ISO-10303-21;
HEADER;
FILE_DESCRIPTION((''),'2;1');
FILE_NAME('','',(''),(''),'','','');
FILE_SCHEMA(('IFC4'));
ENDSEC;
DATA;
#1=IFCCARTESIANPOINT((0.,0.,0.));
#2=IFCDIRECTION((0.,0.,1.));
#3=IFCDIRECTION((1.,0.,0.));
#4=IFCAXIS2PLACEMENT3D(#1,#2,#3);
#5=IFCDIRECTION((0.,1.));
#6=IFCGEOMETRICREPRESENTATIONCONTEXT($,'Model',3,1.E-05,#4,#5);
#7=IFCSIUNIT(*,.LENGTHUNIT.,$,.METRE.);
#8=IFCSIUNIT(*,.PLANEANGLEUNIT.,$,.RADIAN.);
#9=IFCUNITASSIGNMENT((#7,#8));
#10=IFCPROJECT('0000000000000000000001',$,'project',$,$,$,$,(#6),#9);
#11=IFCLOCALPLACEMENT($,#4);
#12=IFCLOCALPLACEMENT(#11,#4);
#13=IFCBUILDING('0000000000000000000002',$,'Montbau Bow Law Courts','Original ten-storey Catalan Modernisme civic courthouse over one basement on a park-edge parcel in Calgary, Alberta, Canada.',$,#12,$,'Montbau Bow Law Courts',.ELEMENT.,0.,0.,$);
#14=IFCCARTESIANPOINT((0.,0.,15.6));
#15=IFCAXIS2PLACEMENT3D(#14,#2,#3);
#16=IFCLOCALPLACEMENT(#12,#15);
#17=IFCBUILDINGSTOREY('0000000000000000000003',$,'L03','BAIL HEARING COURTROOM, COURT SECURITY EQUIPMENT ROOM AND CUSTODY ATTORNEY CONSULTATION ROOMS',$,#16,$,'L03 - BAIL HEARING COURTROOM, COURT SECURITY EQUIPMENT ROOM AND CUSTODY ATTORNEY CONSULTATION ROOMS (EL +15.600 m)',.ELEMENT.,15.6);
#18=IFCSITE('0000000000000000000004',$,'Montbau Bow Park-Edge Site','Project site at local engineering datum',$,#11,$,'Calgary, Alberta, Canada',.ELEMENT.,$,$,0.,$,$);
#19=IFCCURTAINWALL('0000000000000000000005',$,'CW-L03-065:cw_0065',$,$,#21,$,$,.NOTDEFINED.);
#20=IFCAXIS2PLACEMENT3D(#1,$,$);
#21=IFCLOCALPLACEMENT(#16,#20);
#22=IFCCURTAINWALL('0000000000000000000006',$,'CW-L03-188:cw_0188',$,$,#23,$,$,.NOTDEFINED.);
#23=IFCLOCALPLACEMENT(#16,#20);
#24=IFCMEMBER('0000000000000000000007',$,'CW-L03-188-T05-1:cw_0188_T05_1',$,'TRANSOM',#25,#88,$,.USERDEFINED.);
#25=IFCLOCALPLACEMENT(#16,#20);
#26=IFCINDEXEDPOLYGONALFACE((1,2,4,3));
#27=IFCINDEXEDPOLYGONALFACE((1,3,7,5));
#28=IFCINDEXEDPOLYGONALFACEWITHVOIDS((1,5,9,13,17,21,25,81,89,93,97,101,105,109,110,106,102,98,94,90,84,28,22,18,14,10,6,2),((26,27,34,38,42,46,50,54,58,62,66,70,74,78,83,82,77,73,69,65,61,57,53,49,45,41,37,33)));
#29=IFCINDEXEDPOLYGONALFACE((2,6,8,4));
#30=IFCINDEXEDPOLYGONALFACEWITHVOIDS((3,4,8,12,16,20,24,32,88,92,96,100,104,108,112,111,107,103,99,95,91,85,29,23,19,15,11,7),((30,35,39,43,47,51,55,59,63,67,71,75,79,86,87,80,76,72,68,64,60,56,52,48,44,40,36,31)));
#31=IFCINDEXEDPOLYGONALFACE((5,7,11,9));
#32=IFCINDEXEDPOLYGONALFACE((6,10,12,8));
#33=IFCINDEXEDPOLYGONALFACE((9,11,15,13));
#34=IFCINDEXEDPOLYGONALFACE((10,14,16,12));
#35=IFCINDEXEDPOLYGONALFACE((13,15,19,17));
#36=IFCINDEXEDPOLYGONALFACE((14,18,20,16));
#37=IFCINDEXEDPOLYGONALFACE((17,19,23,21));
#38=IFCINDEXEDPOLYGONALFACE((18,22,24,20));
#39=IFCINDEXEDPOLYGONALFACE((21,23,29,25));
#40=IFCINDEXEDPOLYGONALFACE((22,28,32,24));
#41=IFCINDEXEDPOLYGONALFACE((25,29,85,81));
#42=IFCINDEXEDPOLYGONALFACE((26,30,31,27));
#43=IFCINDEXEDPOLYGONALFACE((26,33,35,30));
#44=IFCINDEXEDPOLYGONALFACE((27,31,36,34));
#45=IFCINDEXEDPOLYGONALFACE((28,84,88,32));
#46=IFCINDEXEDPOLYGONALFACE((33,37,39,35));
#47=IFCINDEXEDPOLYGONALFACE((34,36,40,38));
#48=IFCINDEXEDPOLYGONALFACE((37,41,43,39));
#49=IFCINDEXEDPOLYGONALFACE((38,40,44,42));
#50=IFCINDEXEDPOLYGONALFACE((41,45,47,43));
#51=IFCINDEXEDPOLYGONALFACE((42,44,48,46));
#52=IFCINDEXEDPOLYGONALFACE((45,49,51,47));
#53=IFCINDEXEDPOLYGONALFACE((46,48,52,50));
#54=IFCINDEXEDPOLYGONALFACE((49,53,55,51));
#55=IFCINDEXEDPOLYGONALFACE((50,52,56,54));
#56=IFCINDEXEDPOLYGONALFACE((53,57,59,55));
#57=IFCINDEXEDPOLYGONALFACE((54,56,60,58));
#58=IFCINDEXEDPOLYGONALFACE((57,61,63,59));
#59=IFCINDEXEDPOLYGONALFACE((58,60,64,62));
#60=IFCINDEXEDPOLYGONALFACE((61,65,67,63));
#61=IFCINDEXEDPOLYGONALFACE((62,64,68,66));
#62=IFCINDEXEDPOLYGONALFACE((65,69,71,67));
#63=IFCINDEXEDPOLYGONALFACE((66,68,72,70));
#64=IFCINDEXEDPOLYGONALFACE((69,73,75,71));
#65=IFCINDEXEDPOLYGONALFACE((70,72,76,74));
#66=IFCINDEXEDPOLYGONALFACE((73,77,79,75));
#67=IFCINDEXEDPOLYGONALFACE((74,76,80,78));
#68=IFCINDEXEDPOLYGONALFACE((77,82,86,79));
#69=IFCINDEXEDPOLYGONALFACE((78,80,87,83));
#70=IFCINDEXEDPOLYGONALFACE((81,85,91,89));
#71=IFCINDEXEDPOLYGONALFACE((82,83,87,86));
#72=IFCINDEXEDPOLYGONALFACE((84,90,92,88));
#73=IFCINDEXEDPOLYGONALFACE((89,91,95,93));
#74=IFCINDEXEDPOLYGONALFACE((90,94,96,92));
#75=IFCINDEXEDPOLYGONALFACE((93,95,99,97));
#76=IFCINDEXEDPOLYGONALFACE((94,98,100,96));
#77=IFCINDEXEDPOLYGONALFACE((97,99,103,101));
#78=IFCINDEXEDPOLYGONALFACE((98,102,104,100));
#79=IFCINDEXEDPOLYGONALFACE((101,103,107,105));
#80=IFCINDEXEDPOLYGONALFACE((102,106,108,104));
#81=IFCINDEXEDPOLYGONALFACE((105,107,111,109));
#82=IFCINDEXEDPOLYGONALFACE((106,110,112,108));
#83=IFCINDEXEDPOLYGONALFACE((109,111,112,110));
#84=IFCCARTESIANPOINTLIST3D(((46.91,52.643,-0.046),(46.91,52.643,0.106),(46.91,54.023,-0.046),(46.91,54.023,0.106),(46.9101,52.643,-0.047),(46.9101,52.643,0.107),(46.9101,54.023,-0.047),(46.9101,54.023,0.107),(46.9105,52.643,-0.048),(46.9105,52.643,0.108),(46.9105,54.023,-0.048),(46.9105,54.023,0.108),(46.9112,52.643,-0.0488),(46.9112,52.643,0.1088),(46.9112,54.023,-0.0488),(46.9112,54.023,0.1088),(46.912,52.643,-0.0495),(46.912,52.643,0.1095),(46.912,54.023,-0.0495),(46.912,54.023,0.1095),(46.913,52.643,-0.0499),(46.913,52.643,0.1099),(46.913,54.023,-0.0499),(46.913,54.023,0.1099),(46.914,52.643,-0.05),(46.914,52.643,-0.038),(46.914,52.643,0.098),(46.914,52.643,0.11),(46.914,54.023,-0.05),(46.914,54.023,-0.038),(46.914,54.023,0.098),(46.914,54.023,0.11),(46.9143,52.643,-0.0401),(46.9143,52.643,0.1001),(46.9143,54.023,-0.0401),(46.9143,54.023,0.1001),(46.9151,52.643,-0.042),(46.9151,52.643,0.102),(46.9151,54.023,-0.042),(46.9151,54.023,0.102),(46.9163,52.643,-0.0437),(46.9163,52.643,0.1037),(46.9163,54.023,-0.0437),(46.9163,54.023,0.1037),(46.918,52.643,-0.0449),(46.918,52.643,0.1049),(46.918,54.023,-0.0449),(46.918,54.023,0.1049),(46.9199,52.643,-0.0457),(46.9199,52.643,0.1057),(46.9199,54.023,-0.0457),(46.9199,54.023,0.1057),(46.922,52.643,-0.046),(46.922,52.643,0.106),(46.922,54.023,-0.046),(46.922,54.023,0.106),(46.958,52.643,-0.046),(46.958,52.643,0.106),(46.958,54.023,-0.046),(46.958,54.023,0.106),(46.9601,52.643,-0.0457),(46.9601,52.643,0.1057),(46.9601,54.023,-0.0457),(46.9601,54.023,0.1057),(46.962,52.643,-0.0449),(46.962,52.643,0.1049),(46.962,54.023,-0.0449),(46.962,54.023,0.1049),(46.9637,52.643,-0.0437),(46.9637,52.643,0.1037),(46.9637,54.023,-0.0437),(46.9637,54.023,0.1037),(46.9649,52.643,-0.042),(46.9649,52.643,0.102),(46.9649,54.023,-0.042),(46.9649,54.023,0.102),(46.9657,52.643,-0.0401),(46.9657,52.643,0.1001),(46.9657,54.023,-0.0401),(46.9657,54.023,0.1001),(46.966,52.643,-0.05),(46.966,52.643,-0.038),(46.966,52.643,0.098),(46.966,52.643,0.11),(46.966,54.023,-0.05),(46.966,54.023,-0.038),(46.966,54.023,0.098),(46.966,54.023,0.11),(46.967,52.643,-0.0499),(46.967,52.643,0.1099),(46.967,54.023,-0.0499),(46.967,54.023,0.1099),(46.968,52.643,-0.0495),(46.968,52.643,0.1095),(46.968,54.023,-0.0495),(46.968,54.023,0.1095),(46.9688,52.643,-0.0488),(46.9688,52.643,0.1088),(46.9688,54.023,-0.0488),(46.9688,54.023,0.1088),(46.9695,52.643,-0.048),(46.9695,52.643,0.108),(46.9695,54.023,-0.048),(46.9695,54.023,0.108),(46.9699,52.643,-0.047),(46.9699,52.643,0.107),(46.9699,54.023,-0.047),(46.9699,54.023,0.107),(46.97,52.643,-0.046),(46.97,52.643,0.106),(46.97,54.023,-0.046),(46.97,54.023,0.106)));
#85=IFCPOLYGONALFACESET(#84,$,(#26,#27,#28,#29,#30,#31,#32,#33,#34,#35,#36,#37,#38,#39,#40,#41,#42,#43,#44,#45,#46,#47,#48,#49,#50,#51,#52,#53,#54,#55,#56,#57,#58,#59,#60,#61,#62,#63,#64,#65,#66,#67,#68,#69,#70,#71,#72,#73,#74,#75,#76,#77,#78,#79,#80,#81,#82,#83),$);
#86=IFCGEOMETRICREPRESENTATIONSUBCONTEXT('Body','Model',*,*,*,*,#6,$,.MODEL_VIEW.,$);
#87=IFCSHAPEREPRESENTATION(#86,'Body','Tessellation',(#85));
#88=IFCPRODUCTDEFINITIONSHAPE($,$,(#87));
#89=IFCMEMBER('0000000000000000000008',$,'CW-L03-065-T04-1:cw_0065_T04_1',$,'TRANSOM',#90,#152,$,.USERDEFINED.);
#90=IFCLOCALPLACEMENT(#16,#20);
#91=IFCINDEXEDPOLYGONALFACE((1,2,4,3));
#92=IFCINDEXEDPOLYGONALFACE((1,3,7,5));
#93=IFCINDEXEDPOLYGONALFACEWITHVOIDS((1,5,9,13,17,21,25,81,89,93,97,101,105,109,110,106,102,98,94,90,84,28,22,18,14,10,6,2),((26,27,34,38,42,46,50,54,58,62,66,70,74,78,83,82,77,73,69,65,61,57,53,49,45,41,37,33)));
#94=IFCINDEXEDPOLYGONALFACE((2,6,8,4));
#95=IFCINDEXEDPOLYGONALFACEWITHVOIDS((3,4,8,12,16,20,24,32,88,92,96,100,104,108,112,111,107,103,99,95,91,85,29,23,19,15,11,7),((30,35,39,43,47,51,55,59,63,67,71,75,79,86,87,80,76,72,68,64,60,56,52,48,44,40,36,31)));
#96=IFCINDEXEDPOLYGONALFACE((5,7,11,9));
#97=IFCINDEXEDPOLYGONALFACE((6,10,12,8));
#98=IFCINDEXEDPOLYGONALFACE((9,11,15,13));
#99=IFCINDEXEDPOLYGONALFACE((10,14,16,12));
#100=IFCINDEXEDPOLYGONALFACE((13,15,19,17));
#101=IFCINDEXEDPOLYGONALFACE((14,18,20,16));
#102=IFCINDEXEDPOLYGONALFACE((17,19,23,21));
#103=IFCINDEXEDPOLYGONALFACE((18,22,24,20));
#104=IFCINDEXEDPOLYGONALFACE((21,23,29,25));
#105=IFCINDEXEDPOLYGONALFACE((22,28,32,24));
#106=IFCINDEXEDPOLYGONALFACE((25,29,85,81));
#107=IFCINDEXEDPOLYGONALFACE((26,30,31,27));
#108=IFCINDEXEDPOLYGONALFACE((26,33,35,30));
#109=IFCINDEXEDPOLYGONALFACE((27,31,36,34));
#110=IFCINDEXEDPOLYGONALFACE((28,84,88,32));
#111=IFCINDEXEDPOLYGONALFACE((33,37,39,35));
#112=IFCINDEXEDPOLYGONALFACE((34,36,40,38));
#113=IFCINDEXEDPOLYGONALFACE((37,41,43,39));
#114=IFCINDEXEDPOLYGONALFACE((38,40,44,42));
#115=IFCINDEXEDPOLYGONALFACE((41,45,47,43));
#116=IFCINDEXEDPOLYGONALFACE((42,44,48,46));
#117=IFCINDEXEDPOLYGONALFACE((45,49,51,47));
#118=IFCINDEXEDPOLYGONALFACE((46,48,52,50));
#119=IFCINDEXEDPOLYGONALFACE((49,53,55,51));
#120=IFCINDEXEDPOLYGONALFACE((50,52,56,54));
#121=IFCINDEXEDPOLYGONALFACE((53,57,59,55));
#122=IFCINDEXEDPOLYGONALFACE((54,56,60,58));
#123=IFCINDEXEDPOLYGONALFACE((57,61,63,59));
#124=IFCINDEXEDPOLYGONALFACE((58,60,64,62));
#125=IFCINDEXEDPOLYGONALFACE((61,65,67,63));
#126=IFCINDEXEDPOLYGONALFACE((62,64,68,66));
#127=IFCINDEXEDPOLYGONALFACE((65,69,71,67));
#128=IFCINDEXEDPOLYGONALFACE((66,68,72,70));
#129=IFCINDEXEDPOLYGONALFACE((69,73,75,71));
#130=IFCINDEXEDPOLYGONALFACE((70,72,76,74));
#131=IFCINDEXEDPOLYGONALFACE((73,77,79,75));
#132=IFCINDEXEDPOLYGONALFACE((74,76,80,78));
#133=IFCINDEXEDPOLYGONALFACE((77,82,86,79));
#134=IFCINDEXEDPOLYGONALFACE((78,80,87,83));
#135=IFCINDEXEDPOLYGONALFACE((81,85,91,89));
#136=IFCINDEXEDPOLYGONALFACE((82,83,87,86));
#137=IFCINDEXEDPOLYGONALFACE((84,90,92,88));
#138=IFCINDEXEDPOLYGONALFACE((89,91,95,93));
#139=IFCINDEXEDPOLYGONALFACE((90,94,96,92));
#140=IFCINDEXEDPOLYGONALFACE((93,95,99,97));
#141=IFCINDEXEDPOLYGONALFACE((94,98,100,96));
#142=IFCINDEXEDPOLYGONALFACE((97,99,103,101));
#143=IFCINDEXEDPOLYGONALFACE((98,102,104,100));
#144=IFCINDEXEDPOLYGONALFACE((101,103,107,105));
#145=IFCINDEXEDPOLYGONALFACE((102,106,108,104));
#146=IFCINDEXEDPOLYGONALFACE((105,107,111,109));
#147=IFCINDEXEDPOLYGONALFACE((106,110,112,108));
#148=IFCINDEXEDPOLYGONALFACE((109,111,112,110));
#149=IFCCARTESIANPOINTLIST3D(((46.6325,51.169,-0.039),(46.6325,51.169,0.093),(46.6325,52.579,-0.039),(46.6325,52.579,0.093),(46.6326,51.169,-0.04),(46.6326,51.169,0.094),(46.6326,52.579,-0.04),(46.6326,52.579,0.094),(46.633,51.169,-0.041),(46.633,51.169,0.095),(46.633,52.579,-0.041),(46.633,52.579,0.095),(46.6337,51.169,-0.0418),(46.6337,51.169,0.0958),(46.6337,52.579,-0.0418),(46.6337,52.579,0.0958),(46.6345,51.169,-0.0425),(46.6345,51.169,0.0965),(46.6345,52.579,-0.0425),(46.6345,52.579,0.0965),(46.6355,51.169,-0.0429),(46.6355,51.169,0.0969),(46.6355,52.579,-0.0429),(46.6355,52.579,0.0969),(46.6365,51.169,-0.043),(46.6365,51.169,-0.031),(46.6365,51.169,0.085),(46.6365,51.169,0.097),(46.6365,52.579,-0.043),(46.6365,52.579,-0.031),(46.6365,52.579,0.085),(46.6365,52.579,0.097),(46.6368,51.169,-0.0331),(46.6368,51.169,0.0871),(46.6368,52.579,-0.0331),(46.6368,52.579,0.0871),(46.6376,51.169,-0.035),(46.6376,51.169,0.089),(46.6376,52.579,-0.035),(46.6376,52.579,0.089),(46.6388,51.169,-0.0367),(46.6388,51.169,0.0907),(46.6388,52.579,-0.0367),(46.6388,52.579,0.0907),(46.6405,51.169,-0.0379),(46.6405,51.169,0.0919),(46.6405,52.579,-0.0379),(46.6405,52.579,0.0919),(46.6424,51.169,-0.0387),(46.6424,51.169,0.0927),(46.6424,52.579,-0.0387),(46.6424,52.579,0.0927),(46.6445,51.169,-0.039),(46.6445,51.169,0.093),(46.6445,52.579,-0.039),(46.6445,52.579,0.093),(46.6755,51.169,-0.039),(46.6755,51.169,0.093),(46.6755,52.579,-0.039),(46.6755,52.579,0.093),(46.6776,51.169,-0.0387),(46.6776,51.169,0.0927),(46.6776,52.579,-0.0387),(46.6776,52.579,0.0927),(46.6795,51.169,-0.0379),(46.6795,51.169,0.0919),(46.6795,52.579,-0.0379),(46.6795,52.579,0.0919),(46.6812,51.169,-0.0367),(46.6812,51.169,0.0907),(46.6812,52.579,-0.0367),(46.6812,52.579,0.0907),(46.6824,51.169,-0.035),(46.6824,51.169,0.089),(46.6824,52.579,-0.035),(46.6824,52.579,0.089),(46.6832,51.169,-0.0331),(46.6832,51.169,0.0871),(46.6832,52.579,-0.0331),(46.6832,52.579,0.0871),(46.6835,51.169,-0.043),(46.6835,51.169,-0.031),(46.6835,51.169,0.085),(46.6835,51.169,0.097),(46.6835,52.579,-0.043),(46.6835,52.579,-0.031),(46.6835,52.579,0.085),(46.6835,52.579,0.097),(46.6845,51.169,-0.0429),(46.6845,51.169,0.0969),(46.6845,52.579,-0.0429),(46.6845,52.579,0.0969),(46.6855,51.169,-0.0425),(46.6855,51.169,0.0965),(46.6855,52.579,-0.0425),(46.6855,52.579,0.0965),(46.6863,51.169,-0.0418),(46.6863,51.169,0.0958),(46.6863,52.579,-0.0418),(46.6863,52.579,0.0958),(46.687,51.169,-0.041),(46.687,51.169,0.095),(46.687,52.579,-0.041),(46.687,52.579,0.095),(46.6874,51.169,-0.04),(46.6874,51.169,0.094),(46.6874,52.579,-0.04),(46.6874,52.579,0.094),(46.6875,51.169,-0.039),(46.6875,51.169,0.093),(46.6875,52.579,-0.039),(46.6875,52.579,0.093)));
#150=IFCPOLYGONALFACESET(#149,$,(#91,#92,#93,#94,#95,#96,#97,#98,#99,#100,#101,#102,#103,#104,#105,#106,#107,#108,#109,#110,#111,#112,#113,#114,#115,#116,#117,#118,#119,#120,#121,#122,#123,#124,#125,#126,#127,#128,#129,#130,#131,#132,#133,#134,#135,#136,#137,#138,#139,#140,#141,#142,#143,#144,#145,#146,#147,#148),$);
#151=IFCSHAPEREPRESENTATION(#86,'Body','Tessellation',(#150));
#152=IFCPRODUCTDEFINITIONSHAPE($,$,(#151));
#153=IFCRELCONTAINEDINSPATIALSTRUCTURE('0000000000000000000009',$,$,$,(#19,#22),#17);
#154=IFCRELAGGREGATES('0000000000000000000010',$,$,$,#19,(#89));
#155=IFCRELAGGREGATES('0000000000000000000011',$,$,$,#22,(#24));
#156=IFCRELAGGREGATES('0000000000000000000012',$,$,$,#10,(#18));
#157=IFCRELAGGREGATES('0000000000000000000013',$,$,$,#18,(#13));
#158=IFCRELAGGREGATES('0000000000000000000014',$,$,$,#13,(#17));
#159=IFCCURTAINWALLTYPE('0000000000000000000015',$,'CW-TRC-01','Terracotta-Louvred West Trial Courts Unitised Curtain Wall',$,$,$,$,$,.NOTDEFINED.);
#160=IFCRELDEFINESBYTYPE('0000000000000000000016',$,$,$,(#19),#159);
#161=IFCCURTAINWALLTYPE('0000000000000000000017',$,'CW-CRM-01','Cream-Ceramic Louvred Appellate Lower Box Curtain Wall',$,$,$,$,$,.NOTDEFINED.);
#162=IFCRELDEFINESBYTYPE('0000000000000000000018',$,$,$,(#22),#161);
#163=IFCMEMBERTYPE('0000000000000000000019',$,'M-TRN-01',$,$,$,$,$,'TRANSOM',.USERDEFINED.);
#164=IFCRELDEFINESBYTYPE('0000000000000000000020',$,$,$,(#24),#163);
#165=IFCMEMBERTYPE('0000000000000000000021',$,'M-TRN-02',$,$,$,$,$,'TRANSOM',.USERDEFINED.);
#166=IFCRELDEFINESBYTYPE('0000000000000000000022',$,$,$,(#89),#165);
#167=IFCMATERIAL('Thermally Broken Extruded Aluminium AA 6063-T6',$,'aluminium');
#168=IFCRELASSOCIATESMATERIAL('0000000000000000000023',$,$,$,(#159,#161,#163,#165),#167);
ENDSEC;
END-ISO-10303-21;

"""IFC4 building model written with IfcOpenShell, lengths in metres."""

from ifc_helpers import new_model, si_unit, direction, frame, origin_with_axes, origin_2d_with_axis, place, context, subcontext, project, spatial, hollow_rectangle, extrude, material, material_profile, profile_set, type_object, element, aggregate, save


model = new_model("IFC4")

# Units and contexts
model_context = context("Model", 3, precision=1e-05, world=origin_with_axes(), true_north=direction((0.0, 1.0)))
body_context = subcontext(model_context, "Body", "Model", "MODEL_VIEW")
ifc_project = project(units=[si_unit("LENGTHUNIT", "METRE"), si_unit("PLANEANGLEUNIT", "RADIAN")], contexts=[model_context])

# Site, building, storey
site_placement = place(None, origin_with_axes())
site = spatial("IfcSite", under=ifc_project, at=site_placement, Name="Montbau Bow Park-Edge Site", Description="Project site at local engineering datum", LongName="Calgary, Alberta, Canada", CompositionType="ELEMENT", RefElevation=0.0)
building_placement = place(site_placement, origin_with_axes())
building = spatial("IfcBuilding", under=site, at=building_placement, Name="Montbau Bow Law Courts", Description="Original ten-storey Catalan Modernisme civic courthouse over one basement on a park-edge parcel in Calgary, Alberta, Canada.", LongName="Montbau Bow Law Courts", CompositionType="ELEMENT", ElevationOfRefHeight=0.0, ElevationOfTerrain=0.0)
storey_placement = place(building_placement, frame((0.0, 0.0, 15.6), z_axis=(0.0, 0.0, 1.0), x_axis=(1.0, 0.0, 0.0)))
storey = spatial("IfcBuildingStorey", under=building, at=storey_placement, Name="L03", Description="BAIL HEARING COURTROOM, COURT SECURITY EQUIPMENT ROOM AND CUSTODY ATTORNEY CONSULTATION ROOMS", LongName="L03 - BAIL HEARING COURTROOM, COURT SECURITY EQUIPMENT ROOM AND CUSTODY ATTORNEY CONSULTATION ROOMS (EL +15.600 m)", CompositionType="ELEMENT", Elevation=15.6)

# Curtain walls, member
ifc_material_1 = material(Name="Thermally Broken Extruded Aluminium AA 6063-T6", Category="aluminium")
curtain_wall_type_1 = type_object("IfcCurtainWallType", Name="CW-TRC-01", Description="Terracotta-Louvred West Trial Courts Unitised Curtain Wall", PredefinedType="NOTDEFINED", material=ifc_material_1)
curtain_wall_1_placement = place(None, frame((46.66, 46.715, 15.6), z_axis=(0.0, 0.0, 1.0), x_axis=(1.0, 0.0, 0.0)))
curtain_wall_1 = element("IfcCurtainWall", 1, at=curtain_wall_1_placement, inside=storey, type_object=curtain_wall_type_1, Name="CW-L03-065:cw_0065", PredefinedType="NOTDEFINED")
curtain_wall_type_2 = type_object("IfcCurtainWallType", Name="CW-CRM-01", Description="Cream-Ceramic Louvred Appellate Lower Box Curtain Wall", PredefinedType="NOTDEFINED", material=ifc_material_1)
curtain_wall_2_placement = place(None, frame((46.94, 46.715, 15.6), z_axis=(0.0, 0.0, 1.0), x_axis=(1.0, 0.0, 0.0)))
curtain_wall_2 = element("IfcCurtainWall", 2, at=curtain_wall_2_placement, inside=storey, type_object=curtain_wall_type_2, Name="CW-L03-188:cw_0188", PredefinedType="NOTDEFINED")
ifc_material_profile_1 = material_profile(ifc_material_1, hollow_rectangle(XDim=0.06, YDim=0.16, WallThickness=0.004, InnerFilletRadius=0.008, OuterFilletRadius=0.004, at=origin_2d_with_axis()), Name="CWT-160X60", Category="Main", Priority=0)
ifc_profile_set_1 = profile_set([ifc_material_profile_1], Name="Thermally Broken Extruded Aluminium AA 6063-T6")
member_type_1 = type_object("IfcMemberType", Name="M-TRN-01", ElementType="TRANSOM", PredefinedType="USERDEFINED", material=ifc_profile_set_1)
member_1_placement = place(None, frame((46.94, 52.643, 15.63), z_axis=(0.0, 1.0, 0.0), x_axis=(-1.0, 0.0, 0.0)))
member_1 = element("IfcMember", 3, at=member_1_placement, type_object=member_type_1, Name="CW-L03-188-T05-1:cw_0188_T05_1", ObjectType="TRANSOM", PredefinedType="USERDEFINED", context=body_context, shape_type="SweptSolid", body=[
    extrude(hollow_rectangle(XDim=0.06, YDim=0.16, WallThickness=0.004, InnerFilletRadius=0.008, OuterFilletRadius=0.004, at=origin_2d_with_axis()), origin_with_axes(), (0.0, 0.0, 1.0), 1.38),
])

# Member
ifc_material_profile_2 = material_profile(ifc_material_1, hollow_rectangle(XDim=0.055, YDim=0.14, WallThickness=0.004, InnerFilletRadius=0.008, OuterFilletRadius=0.004, at=origin_2d_with_axis()), Name="CWT-140X55", Category="Main", Priority=0)
ifc_profile_set_2 = profile_set([ifc_material_profile_2], Name="Thermally Broken Extruded Aluminium AA 6063-T6")
member_type_2 = type_object("IfcMemberType", Name="M-TRN-02", ElementType="TRANSOM", PredefinedType="USERDEFINED", material=ifc_profile_set_2)
member_2_placement = place(None, frame((46.66, 51.169, 15.627), z_axis=(0.0, 1.0, 0.0), x_axis=(-1.0, 0.0, 0.0)))
member_2 = element("IfcMember", 4, at=member_2_placement, type_object=member_type_2, Name="CW-L03-065-T04-1:cw_0065_T04_1", ObjectType="TRANSOM", PredefinedType="USERDEFINED", context=body_context, shape_type="SweptSolid", body=[
    extrude(hollow_rectangle(XDim=0.055, YDim=0.14, WallThickness=0.004, InnerFilletRadius=0.008, OuterFilletRadius=0.004, at=origin_2d_with_axis()), origin_with_axes(), (0.0, 0.0, 1.0), 1.41),
])

aggregate(curtain_wall_1, [member_2])
aggregate(curtain_wall_2, [member_1])

save(model, "model.ifc")
